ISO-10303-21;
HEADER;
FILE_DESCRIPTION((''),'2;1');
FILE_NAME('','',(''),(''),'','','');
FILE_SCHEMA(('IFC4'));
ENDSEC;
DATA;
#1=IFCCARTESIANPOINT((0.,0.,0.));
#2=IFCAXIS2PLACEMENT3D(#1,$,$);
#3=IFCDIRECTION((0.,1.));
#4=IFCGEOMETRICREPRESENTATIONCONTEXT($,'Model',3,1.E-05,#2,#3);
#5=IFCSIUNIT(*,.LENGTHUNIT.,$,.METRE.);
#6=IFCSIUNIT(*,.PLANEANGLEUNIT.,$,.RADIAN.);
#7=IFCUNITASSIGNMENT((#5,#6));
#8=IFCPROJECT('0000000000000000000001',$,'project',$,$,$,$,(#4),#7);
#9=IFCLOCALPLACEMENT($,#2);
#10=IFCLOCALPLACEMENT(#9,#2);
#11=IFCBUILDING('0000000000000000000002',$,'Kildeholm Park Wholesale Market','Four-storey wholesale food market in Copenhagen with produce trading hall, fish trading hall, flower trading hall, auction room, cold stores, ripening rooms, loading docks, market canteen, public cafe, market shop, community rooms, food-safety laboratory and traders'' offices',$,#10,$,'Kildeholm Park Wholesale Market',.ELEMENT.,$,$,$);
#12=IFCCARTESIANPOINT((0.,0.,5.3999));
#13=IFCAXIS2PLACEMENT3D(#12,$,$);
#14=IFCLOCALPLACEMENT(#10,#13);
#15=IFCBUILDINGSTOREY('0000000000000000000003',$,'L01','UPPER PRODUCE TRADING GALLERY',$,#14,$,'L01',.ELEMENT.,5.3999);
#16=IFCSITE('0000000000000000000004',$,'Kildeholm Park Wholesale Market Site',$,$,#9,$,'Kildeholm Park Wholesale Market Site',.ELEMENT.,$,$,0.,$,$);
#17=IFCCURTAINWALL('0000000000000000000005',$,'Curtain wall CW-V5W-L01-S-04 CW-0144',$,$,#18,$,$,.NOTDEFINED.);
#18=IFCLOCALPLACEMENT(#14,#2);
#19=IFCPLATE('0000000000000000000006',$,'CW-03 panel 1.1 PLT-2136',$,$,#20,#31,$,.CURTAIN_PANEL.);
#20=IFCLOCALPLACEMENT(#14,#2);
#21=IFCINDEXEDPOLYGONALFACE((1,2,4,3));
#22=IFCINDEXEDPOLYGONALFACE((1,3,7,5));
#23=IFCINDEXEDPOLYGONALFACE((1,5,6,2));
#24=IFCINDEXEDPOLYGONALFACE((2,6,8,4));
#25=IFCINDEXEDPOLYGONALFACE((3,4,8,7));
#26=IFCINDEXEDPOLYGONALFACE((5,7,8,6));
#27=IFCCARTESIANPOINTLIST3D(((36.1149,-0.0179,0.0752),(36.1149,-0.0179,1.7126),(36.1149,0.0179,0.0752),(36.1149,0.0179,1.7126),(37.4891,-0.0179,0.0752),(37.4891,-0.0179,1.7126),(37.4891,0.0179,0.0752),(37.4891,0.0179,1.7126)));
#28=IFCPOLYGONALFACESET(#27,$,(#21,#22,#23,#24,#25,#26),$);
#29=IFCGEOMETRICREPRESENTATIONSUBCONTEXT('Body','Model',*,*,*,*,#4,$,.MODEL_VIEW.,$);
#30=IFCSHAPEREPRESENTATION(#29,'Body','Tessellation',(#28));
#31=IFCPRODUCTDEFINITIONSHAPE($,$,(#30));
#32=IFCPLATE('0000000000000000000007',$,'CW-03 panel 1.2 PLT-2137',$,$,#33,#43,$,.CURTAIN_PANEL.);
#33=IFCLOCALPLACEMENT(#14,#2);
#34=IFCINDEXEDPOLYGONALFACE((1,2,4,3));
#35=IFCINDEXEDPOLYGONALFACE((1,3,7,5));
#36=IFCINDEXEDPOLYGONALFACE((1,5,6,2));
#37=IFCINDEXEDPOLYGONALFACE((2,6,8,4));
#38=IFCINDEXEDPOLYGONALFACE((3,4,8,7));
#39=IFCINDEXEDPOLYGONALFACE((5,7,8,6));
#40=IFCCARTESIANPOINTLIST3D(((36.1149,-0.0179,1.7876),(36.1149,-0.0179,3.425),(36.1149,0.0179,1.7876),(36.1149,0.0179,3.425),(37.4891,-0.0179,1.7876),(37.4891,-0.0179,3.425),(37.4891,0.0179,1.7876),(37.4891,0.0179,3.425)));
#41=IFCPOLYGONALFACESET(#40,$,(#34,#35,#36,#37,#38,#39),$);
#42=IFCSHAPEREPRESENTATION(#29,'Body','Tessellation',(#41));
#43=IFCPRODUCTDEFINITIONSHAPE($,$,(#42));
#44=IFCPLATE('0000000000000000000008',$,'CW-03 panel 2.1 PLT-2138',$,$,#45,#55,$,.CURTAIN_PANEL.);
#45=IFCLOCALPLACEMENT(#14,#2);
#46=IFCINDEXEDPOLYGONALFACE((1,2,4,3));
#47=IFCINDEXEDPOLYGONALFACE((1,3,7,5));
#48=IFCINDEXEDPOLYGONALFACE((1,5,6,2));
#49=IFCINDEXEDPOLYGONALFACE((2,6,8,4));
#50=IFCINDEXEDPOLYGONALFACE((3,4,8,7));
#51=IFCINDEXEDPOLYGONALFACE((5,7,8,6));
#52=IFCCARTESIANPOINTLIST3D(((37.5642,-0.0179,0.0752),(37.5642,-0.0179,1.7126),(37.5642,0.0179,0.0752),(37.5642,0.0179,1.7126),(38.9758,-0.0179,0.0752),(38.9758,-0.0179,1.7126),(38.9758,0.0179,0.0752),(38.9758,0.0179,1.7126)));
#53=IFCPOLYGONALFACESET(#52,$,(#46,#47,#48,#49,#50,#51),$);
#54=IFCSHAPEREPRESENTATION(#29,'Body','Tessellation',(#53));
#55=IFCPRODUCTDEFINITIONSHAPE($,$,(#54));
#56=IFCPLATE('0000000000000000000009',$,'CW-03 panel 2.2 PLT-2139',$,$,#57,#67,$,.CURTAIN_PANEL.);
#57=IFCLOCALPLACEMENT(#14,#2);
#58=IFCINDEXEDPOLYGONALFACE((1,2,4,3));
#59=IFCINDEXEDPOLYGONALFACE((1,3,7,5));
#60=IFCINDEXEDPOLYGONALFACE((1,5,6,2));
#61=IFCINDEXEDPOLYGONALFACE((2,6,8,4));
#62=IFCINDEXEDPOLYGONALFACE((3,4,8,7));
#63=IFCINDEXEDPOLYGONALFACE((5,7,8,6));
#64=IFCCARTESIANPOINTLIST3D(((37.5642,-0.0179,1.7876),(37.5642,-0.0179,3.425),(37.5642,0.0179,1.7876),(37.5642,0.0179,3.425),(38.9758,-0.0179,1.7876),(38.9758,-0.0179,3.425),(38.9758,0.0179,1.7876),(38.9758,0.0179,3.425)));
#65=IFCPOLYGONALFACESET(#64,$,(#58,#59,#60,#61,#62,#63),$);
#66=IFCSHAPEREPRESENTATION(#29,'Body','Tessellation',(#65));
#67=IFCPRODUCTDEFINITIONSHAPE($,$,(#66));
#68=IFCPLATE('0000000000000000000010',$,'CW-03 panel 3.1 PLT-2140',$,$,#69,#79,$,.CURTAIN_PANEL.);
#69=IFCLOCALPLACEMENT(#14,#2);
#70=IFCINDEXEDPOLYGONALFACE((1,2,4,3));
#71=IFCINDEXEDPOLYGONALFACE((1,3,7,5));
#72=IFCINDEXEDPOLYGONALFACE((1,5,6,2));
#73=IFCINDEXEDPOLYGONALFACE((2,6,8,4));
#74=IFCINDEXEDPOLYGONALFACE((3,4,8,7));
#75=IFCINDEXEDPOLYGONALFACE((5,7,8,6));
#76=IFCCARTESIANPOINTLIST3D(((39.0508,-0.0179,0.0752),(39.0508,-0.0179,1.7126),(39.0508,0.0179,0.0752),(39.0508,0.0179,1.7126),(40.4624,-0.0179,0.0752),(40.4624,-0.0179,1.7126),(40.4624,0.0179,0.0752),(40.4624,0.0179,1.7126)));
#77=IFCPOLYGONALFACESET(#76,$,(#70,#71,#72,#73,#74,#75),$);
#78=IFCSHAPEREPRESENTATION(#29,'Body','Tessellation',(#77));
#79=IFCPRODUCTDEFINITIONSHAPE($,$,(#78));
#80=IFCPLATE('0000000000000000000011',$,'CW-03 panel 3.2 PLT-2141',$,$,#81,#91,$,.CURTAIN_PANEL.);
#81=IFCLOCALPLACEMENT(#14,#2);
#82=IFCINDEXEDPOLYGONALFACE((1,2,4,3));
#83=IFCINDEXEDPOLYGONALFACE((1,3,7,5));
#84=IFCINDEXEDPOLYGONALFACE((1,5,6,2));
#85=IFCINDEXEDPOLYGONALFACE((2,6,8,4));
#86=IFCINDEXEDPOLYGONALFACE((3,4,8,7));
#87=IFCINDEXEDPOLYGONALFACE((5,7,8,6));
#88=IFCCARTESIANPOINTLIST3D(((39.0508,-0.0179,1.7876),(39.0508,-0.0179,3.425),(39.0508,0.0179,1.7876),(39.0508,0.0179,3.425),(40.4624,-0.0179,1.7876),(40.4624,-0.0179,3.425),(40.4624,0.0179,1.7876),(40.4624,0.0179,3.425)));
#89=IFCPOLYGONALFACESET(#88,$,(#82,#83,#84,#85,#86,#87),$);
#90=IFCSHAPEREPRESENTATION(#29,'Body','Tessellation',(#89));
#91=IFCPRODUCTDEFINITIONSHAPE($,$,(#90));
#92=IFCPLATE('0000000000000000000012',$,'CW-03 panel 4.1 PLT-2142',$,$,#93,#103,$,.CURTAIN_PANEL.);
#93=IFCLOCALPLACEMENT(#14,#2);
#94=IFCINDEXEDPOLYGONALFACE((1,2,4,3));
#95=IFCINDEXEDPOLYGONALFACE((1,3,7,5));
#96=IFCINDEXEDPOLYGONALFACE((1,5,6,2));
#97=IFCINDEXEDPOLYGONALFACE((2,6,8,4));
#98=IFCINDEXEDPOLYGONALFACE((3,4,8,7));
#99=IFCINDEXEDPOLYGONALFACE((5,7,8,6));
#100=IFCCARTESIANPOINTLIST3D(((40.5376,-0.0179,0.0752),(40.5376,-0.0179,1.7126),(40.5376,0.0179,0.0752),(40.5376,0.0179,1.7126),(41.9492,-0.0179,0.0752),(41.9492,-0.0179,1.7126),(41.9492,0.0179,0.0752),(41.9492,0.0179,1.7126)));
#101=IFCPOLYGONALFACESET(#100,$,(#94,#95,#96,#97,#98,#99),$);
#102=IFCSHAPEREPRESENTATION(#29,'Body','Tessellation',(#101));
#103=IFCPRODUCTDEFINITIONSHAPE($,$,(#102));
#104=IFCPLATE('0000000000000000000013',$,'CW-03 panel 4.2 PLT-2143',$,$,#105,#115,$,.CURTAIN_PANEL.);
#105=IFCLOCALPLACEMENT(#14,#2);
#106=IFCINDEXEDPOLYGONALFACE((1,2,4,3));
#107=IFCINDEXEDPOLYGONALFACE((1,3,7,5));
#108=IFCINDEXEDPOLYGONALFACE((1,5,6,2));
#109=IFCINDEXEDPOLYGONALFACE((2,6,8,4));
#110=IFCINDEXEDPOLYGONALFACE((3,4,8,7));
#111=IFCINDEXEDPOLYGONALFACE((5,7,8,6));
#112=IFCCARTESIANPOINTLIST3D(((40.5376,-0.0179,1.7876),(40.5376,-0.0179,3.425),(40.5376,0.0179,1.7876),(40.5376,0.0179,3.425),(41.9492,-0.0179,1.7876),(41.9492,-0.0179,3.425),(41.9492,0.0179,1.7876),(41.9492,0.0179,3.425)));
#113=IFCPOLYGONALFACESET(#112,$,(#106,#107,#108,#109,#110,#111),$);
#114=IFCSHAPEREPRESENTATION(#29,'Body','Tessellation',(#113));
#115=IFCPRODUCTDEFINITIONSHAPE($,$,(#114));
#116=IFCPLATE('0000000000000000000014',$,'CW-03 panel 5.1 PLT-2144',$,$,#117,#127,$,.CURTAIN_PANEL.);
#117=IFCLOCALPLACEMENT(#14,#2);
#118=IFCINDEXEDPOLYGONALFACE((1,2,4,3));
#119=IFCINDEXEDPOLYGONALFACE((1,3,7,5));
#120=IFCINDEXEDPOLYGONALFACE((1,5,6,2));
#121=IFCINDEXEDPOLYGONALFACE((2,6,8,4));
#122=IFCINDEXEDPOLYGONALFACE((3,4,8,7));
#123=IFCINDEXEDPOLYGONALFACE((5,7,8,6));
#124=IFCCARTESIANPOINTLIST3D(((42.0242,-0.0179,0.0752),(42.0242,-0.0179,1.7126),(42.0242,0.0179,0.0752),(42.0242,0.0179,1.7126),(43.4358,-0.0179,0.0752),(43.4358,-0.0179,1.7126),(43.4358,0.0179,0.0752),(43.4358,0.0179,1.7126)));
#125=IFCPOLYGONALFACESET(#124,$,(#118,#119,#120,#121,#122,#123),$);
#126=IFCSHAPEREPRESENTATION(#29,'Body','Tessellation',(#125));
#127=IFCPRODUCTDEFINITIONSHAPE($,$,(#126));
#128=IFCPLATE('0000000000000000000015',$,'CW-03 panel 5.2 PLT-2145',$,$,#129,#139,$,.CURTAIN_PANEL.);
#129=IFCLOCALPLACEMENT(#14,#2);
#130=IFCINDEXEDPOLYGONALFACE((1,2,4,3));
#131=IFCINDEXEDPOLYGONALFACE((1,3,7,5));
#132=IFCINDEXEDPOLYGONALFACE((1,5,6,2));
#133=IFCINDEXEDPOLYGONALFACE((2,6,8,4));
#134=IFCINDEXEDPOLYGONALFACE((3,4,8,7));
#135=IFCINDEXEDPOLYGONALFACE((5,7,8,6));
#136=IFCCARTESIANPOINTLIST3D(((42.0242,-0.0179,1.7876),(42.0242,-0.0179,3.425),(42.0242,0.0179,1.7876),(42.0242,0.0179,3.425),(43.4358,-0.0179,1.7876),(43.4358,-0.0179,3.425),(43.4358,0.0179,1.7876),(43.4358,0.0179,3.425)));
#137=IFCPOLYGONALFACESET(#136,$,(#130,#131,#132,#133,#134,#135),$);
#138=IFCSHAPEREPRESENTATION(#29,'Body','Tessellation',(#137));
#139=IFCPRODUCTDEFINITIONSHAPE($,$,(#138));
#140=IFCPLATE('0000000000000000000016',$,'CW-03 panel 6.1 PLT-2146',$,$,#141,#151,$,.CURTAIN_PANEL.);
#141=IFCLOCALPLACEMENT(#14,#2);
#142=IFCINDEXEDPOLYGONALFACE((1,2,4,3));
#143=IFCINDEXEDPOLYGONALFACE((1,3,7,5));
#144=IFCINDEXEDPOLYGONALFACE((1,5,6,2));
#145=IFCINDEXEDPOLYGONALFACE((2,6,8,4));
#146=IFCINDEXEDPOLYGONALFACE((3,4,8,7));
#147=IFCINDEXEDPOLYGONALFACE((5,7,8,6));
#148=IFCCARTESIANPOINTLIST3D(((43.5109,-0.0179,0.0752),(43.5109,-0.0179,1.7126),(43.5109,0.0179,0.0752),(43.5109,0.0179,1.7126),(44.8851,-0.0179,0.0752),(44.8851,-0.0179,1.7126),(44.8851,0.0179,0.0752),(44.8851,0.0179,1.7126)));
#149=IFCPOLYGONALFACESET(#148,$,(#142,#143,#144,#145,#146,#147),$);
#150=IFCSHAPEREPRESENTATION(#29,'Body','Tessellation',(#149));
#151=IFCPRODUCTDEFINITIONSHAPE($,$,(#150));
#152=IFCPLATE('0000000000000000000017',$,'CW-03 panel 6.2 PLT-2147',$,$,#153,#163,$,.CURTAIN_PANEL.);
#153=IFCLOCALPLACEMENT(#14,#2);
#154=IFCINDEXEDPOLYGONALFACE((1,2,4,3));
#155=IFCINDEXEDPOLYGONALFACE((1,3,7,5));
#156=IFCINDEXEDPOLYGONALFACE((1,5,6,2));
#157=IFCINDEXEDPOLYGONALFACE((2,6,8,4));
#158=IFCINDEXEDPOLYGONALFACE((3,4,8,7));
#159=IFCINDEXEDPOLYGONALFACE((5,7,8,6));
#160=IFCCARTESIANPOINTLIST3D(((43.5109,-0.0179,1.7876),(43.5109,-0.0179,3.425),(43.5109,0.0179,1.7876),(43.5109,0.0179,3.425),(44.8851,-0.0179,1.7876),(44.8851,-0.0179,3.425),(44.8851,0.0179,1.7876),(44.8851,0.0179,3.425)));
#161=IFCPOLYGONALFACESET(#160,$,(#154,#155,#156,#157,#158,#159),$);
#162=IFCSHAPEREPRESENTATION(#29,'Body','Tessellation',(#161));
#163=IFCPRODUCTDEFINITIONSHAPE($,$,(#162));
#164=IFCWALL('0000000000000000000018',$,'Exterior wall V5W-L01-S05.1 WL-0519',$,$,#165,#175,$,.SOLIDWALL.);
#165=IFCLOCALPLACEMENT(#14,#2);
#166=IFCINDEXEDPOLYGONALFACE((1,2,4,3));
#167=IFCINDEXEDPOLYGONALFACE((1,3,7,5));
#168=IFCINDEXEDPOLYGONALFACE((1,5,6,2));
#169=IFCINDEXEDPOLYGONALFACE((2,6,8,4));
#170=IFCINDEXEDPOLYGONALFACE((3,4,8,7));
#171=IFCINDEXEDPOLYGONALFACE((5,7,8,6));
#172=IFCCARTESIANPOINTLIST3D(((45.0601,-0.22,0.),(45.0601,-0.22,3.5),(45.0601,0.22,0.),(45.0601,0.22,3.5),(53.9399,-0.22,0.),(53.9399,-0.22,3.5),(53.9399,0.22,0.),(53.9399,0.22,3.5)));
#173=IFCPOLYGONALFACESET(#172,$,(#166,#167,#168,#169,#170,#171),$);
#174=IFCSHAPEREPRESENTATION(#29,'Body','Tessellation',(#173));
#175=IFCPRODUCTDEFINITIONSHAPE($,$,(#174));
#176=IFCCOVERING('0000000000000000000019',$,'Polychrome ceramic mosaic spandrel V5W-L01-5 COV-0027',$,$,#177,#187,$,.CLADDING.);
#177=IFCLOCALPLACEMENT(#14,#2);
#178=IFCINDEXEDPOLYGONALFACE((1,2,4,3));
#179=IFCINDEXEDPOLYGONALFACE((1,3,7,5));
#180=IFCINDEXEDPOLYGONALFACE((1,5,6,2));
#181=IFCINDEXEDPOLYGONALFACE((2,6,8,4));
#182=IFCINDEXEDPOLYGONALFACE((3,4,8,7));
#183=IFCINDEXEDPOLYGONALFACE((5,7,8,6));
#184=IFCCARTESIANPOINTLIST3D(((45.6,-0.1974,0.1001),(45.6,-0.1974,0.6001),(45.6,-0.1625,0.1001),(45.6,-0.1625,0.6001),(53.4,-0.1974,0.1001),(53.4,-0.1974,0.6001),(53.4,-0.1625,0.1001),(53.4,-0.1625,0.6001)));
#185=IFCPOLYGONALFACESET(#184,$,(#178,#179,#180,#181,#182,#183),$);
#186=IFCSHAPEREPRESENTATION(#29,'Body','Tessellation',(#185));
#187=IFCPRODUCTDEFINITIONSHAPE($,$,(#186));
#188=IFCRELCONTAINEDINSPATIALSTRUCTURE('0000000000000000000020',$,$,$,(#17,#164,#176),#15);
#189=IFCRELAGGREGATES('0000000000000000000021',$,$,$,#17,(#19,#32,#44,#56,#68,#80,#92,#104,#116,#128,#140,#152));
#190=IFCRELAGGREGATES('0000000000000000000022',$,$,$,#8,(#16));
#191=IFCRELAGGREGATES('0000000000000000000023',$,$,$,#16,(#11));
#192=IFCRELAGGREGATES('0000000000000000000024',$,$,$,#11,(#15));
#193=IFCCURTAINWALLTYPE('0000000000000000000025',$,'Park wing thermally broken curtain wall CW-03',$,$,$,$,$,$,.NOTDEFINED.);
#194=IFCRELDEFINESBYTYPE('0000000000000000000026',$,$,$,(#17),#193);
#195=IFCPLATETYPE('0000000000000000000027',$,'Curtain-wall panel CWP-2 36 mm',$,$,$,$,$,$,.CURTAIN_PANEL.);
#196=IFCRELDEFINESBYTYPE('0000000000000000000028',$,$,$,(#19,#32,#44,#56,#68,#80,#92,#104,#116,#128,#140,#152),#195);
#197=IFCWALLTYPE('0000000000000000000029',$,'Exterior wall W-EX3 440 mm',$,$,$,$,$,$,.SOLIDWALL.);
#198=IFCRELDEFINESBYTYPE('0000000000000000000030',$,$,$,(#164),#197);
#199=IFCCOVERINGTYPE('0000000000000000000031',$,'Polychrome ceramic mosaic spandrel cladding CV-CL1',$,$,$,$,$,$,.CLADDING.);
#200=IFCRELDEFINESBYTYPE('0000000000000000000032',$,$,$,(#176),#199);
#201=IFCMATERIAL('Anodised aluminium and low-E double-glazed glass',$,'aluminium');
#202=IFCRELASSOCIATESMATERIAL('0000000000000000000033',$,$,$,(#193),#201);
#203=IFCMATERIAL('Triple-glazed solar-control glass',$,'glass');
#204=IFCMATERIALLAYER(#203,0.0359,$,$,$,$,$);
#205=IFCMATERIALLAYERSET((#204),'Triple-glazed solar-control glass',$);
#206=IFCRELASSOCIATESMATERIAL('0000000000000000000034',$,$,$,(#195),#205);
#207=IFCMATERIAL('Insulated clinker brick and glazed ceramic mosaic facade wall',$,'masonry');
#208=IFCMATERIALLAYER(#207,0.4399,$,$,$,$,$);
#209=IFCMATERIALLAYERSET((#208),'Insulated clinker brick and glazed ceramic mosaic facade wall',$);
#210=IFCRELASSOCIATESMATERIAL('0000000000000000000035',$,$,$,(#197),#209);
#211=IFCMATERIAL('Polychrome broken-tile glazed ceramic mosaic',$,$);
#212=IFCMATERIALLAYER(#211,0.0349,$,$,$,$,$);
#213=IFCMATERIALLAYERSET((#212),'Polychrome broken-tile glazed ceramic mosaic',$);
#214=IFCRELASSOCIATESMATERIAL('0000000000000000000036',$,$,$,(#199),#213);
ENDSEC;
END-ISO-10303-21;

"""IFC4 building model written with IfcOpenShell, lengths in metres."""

from ifc_helpers import new_model, si_unit, direction, frame, frame_2d, origin, origin_2d, place, context, subcontext, project, spatial, rectangle, extrude, material, layer, layer_set, type_object, element, aggregate, save


model = new_model("IFC4")

# Units and contexts
model_context = context("Model", 3, precision=1e-05, world=origin(), true_north=direction((0.0, 1.0)))
body_context = subcontext(model_context, "Body", "Model", "MODEL_VIEW")
ifc_project = project(units=[si_unit("LENGTHUNIT", "METRE"), si_unit("PLANEANGLEUNIT", "RADIAN")], contexts=[model_context])

# Site, building, storey
site_placement = place(None, origin())
site = spatial("IfcSite", under=ifc_project, at=site_placement, Name="Kildeholm Park Wholesale Market Site", LongName="Kildeholm Park Wholesale Market Site", CompositionType="ELEMENT", RefElevation=0.0)
building_placement = place(site_placement, origin())
building = spatial("IfcBuilding", under=site, at=building_placement, Name="Kildeholm Park Wholesale Market", Description="Four-storey wholesale food market in Copenhagen with produce trading hall, fish trading hall, flower trading hall, auction room, cold stores, ripening rooms, loading docks, market canteen, public cafe, market shop, community rooms, food-safety laboratory and traders' offices", LongName="Kildeholm Park Wholesale Market", CompositionType="ELEMENT")
storey_placement = place(building_placement, frame((0.0, 0.0, 5.3999)))
storey = spatial("IfcBuildingStorey", under=building, at=storey_placement, Name="L01", Description="UPPER PRODUCE TRADING GALLERY", LongName="L01", CompositionType="ELEMENT", Elevation=5.3999)

# Curtain wall, plates
ifc_material_1 = material(Name="Anodised aluminium and low-E double-glazed glass", Category="aluminium")
curtain_wall_type = type_object("IfcCurtainWallType", Name="Park wing thermally broken curtain wall CW-03", PredefinedType="NOTDEFINED", material=ifc_material_1)
curtain_wall_placement = place(storey_placement, origin())
curtain_wall = element("IfcCurtainWall", 1, at=curtain_wall_placement, inside=storey, type_object=curtain_wall_type, Name="Curtain wall CW-V5W-L01-S-04 CW-0144", PredefinedType="NOTDEFINED")
ifc_material_2 = material(Name="Triple-glazed solar-control glass", Category="glass")
ifc_layer_1 = layer(ifc_material_2, 0.0359)
ifc_layer_set_1 = layer_set([ifc_layer_1], Name="Triple-glazed solar-control glass")
plate_type = type_object("IfcPlateType", Name="Curtain-wall panel CWP-2 36 mm", PredefinedType="CURTAIN_PANEL", material=ifc_layer_set_1)
plate_1_placement = place(storey_placement, frame((36.802, 0.0, 0.0752), z_axis=(0.0, 0.0, 1.0), x_axis=(1.0, 0.0, 0.0)))
plate_1 = element("IfcPlate", 2, at=plate_1_placement, type_object=plate_type, Name="CW-03 panel 1.1 PLT-2136", PredefinedType="CURTAIN_PANEL", context=body_context, shape_type="SweptSolid", body=[
    extrude(rectangle(XDim=1.3743, YDim=0.0359, at=origin_2d()), origin(), (0.0, 0.0, 1.0), 1.6375),
])
plate_2_placement = place(storey_placement, frame((36.802, 0.0, 1.7876), z_axis=(0.0, 0.0, 1.0), x_axis=(1.0, 0.0, 0.0)))
plate_2 = element("IfcPlate", 3, at=plate_2_placement, type_object=plate_type, Name="CW-03 panel 1.2 PLT-2137", PredefinedType="CURTAIN_PANEL", context=body_context, shape_type="SweptSolid", body=[
    extrude(rectangle(XDim=1.3743, YDim=0.0359, at=origin_2d()), origin(), (0.0, 0.0, 1.0), 1.6375),
])
plate_3_placement = place(storey_placement, frame((38.27, 0.0, 0.0752), z_axis=(0.0, 0.0, 1.0), x_axis=(1.0, 0.0, 0.0)))
plate_3 = element("IfcPlate", 4, at=plate_3_placement, type_object=plate_type, Name="CW-03 panel 2.1 PLT-2138", PredefinedType="CURTAIN_PANEL", context=body_context, shape_type="SweptSolid", body=[
    extrude(rectangle(XDim=1.4116, YDim=0.0359, at=origin_2d()), origin(), (0.0, 0.0, 1.0), 1.6375),
])
plate_4_placement = place(storey_placement, frame((38.27, 0.0, 1.7876), z_axis=(0.0, 0.0, 1.0), x_axis=(1.0, 0.0, 0.0)))
plate_4 = element("IfcPlate", 5, at=plate_4_placement, type_object=plate_type, Name="CW-03 panel 2.2 PLT-2139", PredefinedType="CURTAIN_PANEL", context=body_context, shape_type="SweptSolid", body=[
    extrude(rectangle(XDim=1.4116, YDim=0.0359, at=origin_2d()), origin(), (0.0, 0.0, 1.0), 1.6375),
])
plate_5_placement = place(storey_placement, frame((39.7566, 0.0, 0.0752), z_axis=(0.0, 0.0, 1.0), x_axis=(1.0, 0.0, 0.0)))
plate_5 = element("IfcPlate", 6, at=plate_5_placement, type_object=plate_type, Name="CW-03 panel 3.1 PLT-2140", PredefinedType="CURTAIN_PANEL", context=body_context, shape_type="SweptSolid", body=[
    extrude(rectangle(XDim=1.4116, YDim=0.0359, at=origin_2d()), origin(), (0.0, 0.0, 1.0), 1.6375),
])
plate_6_placement = place(storey_placement, frame((39.7566, 0.0, 1.7876), z_axis=(0.0, 0.0, 1.0), x_axis=(1.0, 0.0, 0.0)))
plate_6 = element("IfcPlate", 7, at=plate_6_placement, type_object=plate_type, Name="CW-03 panel 3.2 PLT-2141", PredefinedType="CURTAIN_PANEL", context=body_context, shape_type="SweptSolid", body=[
    extrude(rectangle(XDim=1.4116, YDim=0.0359, at=origin_2d()), origin(), (0.0, 0.0, 1.0), 1.6375),
])
plate_7_placement = place(storey_placement, frame((41.2434, 0.0, 0.0752), z_axis=(0.0, 0.0, 1.0), x_axis=(1.0, 0.0, 0.0)))
plate_7 = element("IfcPlate", 8, at=plate_7_placement, type_object=plate_type, Name="CW-03 panel 4.1 PLT-2142", PredefinedType="CURTAIN_PANEL", context=body_context, shape_type="SweptSolid", body=[
    extrude(rectangle(XDim=1.4116, YDim=0.0359, at=origin_2d()), origin(), (0.0, 0.0, 1.0), 1.6375),
])
plate_8_placement = place(storey_placement, frame((41.2434, 0.0, 1.7876), z_axis=(0.0, 0.0, 1.0), x_axis=(1.0, 0.0, 0.0)))
plate_8 = element("IfcPlate", 9, at=plate_8_placement, type_object=plate_type, Name="CW-03 panel 4.2 PLT-2143", PredefinedType="CURTAIN_PANEL", context=body_context, shape_type="SweptSolid", body=[
    extrude(rectangle(XDim=1.4116, YDim=0.0359, at=origin_2d()), origin(), (0.0, 0.0, 1.0), 1.6375),
])
plate_9_placement = place(storey_placement, frame((42.73, 0.0, 0.0752), z_axis=(0.0, 0.0, 1.0), x_axis=(1.0, 0.0, 0.0)))
plate_9 = element("IfcPlate", 10, at=plate_9_placement, type_object=plate_type, Name="CW-03 panel 5.1 PLT-2144", PredefinedType="CURTAIN_PANEL", context=body_context, shape_type="SweptSolid", body=[
    extrude(rectangle(XDim=1.4116, YDim=0.0359, at=origin_2d()), origin(), (0.0, 0.0, 1.0), 1.6375),
])
plate_10_placement = place(storey_placement, frame((42.73, 0.0, 1.7876), z_axis=(0.0, 0.0, 1.0), x_axis=(1.0, 0.0, 0.0)))
plate_10 = element("IfcPlate", 11, at=plate_10_placement, type_object=plate_type, Name="CW-03 panel 5.2 PLT-2145", PredefinedType="CURTAIN_PANEL", context=body_context, shape_type="SweptSolid", body=[
    extrude(rectangle(XDim=1.4116, YDim=0.0359, at=origin_2d()), origin(), (0.0, 0.0, 1.0), 1.6375),
])
plate_11_placement = place(storey_placement, frame((44.198, 0.0, 0.0752), z_axis=(0.0, 0.0, 1.0), x_axis=(1.0, 0.0, 0.0)))
plate_11 = element("IfcPlate", 12, at=plate_11_placement, type_object=plate_type, Name="CW-03 panel 6.1 PLT-2146", PredefinedType="CURTAIN_PANEL", context=body_context, shape_type="SweptSolid", body=[
    extrude(rectangle(XDim=1.3743, YDim=0.0359, at=origin_2d()), origin(), (0.0, 0.0, 1.0), 1.6375),
])
plate_12_placement = place(storey_placement, frame((44.198, 0.0, 1.7876), z_axis=(0.0, 0.0, 1.0), x_axis=(1.0, 0.0, 0.0)))
plate_12 = element("IfcPlate", 13, at=plate_12_placement, type_object=plate_type, Name="CW-03 panel 6.2 PLT-2147", PredefinedType="CURTAIN_PANEL", context=body_context, shape_type="SweptSolid", body=[
    extrude(rectangle(XDim=1.3743, YDim=0.0359, at=origin_2d()), origin(), (0.0, 0.0, 1.0), 1.6375),
])
aggregate(curtain_wall, [plate_1, plate_2, plate_3, plate_4, plate_5, plate_6, plate_7, plate_8, plate_9, plate_10, plate_11, plate_12])

# Wall
ifc_material_3 = material(Name="Insulated clinker brick and glazed ceramic mosaic facade wall", Category="masonry")
ifc_layer_2 = layer(ifc_material_3, 0.4399)
ifc_layer_set_2 = layer_set([ifc_layer_2], Name="Insulated clinker brick and glazed ceramic mosaic facade wall")
wall_type = type_object("IfcWallType", Name="Exterior wall W-EX3 440 mm", PredefinedType="SOLIDWALL", material=ifc_layer_set_2)
wall_placement = place(storey_placement, frame((45.0601, 0.0, 0.0), z_axis=(0.0, 0.0, 1.0), x_axis=(1.0, 0.0, 0.0)))
element("IfcWall", 14, at=wall_placement, inside=storey, type_object=wall_type, Name="Exterior wall V5W-L01-S05.1 WL-0519", PredefinedType="SOLIDWALL", context=body_context, shape_type="SweptSolid", body=[
    extrude(rectangle(XDim=8.8799, YDim=0.4399, at=frame_2d((4.4399, 0.0))), origin(), (0.0, 0.0, 1.0), 3.5),
])

# Covering
ifc_material_4 = material(Name="Polychrome broken-tile glazed ceramic mosaic")
ifc_layer_3 = layer(ifc_material_4, 0.0349)
ifc_layer_set_3 = layer_set([ifc_layer_3], Name="Polychrome broken-tile glazed ceramic mosaic")
covering_type = type_object("IfcCoveringType", Name="Polychrome ceramic mosaic spandrel cladding CV-CL1", PredefinedType="CLADDING", material=ifc_layer_set_3)
covering_placement = place(storey_placement, frame((49.5, -0.1799, 0.1001), z_axis=(0.0, 0.0, 1.0), x_axis=(1.0, 0.0, 0.0)))
element("IfcCovering", 15, at=covering_placement, inside=storey, type_object=covering_type, Name="Polychrome ceramic mosaic spandrel V5W-L01-5 COV-0027", PredefinedType="CLADDING", context=body_context, shape_type="SweptSolid", body=[
    extrude(rectangle(XDim=7.8, YDim=0.0349, at=origin_2d()), origin(), (0.0, 0.0, 1.0), 0.5),
])

save(model, "model.ifc")
